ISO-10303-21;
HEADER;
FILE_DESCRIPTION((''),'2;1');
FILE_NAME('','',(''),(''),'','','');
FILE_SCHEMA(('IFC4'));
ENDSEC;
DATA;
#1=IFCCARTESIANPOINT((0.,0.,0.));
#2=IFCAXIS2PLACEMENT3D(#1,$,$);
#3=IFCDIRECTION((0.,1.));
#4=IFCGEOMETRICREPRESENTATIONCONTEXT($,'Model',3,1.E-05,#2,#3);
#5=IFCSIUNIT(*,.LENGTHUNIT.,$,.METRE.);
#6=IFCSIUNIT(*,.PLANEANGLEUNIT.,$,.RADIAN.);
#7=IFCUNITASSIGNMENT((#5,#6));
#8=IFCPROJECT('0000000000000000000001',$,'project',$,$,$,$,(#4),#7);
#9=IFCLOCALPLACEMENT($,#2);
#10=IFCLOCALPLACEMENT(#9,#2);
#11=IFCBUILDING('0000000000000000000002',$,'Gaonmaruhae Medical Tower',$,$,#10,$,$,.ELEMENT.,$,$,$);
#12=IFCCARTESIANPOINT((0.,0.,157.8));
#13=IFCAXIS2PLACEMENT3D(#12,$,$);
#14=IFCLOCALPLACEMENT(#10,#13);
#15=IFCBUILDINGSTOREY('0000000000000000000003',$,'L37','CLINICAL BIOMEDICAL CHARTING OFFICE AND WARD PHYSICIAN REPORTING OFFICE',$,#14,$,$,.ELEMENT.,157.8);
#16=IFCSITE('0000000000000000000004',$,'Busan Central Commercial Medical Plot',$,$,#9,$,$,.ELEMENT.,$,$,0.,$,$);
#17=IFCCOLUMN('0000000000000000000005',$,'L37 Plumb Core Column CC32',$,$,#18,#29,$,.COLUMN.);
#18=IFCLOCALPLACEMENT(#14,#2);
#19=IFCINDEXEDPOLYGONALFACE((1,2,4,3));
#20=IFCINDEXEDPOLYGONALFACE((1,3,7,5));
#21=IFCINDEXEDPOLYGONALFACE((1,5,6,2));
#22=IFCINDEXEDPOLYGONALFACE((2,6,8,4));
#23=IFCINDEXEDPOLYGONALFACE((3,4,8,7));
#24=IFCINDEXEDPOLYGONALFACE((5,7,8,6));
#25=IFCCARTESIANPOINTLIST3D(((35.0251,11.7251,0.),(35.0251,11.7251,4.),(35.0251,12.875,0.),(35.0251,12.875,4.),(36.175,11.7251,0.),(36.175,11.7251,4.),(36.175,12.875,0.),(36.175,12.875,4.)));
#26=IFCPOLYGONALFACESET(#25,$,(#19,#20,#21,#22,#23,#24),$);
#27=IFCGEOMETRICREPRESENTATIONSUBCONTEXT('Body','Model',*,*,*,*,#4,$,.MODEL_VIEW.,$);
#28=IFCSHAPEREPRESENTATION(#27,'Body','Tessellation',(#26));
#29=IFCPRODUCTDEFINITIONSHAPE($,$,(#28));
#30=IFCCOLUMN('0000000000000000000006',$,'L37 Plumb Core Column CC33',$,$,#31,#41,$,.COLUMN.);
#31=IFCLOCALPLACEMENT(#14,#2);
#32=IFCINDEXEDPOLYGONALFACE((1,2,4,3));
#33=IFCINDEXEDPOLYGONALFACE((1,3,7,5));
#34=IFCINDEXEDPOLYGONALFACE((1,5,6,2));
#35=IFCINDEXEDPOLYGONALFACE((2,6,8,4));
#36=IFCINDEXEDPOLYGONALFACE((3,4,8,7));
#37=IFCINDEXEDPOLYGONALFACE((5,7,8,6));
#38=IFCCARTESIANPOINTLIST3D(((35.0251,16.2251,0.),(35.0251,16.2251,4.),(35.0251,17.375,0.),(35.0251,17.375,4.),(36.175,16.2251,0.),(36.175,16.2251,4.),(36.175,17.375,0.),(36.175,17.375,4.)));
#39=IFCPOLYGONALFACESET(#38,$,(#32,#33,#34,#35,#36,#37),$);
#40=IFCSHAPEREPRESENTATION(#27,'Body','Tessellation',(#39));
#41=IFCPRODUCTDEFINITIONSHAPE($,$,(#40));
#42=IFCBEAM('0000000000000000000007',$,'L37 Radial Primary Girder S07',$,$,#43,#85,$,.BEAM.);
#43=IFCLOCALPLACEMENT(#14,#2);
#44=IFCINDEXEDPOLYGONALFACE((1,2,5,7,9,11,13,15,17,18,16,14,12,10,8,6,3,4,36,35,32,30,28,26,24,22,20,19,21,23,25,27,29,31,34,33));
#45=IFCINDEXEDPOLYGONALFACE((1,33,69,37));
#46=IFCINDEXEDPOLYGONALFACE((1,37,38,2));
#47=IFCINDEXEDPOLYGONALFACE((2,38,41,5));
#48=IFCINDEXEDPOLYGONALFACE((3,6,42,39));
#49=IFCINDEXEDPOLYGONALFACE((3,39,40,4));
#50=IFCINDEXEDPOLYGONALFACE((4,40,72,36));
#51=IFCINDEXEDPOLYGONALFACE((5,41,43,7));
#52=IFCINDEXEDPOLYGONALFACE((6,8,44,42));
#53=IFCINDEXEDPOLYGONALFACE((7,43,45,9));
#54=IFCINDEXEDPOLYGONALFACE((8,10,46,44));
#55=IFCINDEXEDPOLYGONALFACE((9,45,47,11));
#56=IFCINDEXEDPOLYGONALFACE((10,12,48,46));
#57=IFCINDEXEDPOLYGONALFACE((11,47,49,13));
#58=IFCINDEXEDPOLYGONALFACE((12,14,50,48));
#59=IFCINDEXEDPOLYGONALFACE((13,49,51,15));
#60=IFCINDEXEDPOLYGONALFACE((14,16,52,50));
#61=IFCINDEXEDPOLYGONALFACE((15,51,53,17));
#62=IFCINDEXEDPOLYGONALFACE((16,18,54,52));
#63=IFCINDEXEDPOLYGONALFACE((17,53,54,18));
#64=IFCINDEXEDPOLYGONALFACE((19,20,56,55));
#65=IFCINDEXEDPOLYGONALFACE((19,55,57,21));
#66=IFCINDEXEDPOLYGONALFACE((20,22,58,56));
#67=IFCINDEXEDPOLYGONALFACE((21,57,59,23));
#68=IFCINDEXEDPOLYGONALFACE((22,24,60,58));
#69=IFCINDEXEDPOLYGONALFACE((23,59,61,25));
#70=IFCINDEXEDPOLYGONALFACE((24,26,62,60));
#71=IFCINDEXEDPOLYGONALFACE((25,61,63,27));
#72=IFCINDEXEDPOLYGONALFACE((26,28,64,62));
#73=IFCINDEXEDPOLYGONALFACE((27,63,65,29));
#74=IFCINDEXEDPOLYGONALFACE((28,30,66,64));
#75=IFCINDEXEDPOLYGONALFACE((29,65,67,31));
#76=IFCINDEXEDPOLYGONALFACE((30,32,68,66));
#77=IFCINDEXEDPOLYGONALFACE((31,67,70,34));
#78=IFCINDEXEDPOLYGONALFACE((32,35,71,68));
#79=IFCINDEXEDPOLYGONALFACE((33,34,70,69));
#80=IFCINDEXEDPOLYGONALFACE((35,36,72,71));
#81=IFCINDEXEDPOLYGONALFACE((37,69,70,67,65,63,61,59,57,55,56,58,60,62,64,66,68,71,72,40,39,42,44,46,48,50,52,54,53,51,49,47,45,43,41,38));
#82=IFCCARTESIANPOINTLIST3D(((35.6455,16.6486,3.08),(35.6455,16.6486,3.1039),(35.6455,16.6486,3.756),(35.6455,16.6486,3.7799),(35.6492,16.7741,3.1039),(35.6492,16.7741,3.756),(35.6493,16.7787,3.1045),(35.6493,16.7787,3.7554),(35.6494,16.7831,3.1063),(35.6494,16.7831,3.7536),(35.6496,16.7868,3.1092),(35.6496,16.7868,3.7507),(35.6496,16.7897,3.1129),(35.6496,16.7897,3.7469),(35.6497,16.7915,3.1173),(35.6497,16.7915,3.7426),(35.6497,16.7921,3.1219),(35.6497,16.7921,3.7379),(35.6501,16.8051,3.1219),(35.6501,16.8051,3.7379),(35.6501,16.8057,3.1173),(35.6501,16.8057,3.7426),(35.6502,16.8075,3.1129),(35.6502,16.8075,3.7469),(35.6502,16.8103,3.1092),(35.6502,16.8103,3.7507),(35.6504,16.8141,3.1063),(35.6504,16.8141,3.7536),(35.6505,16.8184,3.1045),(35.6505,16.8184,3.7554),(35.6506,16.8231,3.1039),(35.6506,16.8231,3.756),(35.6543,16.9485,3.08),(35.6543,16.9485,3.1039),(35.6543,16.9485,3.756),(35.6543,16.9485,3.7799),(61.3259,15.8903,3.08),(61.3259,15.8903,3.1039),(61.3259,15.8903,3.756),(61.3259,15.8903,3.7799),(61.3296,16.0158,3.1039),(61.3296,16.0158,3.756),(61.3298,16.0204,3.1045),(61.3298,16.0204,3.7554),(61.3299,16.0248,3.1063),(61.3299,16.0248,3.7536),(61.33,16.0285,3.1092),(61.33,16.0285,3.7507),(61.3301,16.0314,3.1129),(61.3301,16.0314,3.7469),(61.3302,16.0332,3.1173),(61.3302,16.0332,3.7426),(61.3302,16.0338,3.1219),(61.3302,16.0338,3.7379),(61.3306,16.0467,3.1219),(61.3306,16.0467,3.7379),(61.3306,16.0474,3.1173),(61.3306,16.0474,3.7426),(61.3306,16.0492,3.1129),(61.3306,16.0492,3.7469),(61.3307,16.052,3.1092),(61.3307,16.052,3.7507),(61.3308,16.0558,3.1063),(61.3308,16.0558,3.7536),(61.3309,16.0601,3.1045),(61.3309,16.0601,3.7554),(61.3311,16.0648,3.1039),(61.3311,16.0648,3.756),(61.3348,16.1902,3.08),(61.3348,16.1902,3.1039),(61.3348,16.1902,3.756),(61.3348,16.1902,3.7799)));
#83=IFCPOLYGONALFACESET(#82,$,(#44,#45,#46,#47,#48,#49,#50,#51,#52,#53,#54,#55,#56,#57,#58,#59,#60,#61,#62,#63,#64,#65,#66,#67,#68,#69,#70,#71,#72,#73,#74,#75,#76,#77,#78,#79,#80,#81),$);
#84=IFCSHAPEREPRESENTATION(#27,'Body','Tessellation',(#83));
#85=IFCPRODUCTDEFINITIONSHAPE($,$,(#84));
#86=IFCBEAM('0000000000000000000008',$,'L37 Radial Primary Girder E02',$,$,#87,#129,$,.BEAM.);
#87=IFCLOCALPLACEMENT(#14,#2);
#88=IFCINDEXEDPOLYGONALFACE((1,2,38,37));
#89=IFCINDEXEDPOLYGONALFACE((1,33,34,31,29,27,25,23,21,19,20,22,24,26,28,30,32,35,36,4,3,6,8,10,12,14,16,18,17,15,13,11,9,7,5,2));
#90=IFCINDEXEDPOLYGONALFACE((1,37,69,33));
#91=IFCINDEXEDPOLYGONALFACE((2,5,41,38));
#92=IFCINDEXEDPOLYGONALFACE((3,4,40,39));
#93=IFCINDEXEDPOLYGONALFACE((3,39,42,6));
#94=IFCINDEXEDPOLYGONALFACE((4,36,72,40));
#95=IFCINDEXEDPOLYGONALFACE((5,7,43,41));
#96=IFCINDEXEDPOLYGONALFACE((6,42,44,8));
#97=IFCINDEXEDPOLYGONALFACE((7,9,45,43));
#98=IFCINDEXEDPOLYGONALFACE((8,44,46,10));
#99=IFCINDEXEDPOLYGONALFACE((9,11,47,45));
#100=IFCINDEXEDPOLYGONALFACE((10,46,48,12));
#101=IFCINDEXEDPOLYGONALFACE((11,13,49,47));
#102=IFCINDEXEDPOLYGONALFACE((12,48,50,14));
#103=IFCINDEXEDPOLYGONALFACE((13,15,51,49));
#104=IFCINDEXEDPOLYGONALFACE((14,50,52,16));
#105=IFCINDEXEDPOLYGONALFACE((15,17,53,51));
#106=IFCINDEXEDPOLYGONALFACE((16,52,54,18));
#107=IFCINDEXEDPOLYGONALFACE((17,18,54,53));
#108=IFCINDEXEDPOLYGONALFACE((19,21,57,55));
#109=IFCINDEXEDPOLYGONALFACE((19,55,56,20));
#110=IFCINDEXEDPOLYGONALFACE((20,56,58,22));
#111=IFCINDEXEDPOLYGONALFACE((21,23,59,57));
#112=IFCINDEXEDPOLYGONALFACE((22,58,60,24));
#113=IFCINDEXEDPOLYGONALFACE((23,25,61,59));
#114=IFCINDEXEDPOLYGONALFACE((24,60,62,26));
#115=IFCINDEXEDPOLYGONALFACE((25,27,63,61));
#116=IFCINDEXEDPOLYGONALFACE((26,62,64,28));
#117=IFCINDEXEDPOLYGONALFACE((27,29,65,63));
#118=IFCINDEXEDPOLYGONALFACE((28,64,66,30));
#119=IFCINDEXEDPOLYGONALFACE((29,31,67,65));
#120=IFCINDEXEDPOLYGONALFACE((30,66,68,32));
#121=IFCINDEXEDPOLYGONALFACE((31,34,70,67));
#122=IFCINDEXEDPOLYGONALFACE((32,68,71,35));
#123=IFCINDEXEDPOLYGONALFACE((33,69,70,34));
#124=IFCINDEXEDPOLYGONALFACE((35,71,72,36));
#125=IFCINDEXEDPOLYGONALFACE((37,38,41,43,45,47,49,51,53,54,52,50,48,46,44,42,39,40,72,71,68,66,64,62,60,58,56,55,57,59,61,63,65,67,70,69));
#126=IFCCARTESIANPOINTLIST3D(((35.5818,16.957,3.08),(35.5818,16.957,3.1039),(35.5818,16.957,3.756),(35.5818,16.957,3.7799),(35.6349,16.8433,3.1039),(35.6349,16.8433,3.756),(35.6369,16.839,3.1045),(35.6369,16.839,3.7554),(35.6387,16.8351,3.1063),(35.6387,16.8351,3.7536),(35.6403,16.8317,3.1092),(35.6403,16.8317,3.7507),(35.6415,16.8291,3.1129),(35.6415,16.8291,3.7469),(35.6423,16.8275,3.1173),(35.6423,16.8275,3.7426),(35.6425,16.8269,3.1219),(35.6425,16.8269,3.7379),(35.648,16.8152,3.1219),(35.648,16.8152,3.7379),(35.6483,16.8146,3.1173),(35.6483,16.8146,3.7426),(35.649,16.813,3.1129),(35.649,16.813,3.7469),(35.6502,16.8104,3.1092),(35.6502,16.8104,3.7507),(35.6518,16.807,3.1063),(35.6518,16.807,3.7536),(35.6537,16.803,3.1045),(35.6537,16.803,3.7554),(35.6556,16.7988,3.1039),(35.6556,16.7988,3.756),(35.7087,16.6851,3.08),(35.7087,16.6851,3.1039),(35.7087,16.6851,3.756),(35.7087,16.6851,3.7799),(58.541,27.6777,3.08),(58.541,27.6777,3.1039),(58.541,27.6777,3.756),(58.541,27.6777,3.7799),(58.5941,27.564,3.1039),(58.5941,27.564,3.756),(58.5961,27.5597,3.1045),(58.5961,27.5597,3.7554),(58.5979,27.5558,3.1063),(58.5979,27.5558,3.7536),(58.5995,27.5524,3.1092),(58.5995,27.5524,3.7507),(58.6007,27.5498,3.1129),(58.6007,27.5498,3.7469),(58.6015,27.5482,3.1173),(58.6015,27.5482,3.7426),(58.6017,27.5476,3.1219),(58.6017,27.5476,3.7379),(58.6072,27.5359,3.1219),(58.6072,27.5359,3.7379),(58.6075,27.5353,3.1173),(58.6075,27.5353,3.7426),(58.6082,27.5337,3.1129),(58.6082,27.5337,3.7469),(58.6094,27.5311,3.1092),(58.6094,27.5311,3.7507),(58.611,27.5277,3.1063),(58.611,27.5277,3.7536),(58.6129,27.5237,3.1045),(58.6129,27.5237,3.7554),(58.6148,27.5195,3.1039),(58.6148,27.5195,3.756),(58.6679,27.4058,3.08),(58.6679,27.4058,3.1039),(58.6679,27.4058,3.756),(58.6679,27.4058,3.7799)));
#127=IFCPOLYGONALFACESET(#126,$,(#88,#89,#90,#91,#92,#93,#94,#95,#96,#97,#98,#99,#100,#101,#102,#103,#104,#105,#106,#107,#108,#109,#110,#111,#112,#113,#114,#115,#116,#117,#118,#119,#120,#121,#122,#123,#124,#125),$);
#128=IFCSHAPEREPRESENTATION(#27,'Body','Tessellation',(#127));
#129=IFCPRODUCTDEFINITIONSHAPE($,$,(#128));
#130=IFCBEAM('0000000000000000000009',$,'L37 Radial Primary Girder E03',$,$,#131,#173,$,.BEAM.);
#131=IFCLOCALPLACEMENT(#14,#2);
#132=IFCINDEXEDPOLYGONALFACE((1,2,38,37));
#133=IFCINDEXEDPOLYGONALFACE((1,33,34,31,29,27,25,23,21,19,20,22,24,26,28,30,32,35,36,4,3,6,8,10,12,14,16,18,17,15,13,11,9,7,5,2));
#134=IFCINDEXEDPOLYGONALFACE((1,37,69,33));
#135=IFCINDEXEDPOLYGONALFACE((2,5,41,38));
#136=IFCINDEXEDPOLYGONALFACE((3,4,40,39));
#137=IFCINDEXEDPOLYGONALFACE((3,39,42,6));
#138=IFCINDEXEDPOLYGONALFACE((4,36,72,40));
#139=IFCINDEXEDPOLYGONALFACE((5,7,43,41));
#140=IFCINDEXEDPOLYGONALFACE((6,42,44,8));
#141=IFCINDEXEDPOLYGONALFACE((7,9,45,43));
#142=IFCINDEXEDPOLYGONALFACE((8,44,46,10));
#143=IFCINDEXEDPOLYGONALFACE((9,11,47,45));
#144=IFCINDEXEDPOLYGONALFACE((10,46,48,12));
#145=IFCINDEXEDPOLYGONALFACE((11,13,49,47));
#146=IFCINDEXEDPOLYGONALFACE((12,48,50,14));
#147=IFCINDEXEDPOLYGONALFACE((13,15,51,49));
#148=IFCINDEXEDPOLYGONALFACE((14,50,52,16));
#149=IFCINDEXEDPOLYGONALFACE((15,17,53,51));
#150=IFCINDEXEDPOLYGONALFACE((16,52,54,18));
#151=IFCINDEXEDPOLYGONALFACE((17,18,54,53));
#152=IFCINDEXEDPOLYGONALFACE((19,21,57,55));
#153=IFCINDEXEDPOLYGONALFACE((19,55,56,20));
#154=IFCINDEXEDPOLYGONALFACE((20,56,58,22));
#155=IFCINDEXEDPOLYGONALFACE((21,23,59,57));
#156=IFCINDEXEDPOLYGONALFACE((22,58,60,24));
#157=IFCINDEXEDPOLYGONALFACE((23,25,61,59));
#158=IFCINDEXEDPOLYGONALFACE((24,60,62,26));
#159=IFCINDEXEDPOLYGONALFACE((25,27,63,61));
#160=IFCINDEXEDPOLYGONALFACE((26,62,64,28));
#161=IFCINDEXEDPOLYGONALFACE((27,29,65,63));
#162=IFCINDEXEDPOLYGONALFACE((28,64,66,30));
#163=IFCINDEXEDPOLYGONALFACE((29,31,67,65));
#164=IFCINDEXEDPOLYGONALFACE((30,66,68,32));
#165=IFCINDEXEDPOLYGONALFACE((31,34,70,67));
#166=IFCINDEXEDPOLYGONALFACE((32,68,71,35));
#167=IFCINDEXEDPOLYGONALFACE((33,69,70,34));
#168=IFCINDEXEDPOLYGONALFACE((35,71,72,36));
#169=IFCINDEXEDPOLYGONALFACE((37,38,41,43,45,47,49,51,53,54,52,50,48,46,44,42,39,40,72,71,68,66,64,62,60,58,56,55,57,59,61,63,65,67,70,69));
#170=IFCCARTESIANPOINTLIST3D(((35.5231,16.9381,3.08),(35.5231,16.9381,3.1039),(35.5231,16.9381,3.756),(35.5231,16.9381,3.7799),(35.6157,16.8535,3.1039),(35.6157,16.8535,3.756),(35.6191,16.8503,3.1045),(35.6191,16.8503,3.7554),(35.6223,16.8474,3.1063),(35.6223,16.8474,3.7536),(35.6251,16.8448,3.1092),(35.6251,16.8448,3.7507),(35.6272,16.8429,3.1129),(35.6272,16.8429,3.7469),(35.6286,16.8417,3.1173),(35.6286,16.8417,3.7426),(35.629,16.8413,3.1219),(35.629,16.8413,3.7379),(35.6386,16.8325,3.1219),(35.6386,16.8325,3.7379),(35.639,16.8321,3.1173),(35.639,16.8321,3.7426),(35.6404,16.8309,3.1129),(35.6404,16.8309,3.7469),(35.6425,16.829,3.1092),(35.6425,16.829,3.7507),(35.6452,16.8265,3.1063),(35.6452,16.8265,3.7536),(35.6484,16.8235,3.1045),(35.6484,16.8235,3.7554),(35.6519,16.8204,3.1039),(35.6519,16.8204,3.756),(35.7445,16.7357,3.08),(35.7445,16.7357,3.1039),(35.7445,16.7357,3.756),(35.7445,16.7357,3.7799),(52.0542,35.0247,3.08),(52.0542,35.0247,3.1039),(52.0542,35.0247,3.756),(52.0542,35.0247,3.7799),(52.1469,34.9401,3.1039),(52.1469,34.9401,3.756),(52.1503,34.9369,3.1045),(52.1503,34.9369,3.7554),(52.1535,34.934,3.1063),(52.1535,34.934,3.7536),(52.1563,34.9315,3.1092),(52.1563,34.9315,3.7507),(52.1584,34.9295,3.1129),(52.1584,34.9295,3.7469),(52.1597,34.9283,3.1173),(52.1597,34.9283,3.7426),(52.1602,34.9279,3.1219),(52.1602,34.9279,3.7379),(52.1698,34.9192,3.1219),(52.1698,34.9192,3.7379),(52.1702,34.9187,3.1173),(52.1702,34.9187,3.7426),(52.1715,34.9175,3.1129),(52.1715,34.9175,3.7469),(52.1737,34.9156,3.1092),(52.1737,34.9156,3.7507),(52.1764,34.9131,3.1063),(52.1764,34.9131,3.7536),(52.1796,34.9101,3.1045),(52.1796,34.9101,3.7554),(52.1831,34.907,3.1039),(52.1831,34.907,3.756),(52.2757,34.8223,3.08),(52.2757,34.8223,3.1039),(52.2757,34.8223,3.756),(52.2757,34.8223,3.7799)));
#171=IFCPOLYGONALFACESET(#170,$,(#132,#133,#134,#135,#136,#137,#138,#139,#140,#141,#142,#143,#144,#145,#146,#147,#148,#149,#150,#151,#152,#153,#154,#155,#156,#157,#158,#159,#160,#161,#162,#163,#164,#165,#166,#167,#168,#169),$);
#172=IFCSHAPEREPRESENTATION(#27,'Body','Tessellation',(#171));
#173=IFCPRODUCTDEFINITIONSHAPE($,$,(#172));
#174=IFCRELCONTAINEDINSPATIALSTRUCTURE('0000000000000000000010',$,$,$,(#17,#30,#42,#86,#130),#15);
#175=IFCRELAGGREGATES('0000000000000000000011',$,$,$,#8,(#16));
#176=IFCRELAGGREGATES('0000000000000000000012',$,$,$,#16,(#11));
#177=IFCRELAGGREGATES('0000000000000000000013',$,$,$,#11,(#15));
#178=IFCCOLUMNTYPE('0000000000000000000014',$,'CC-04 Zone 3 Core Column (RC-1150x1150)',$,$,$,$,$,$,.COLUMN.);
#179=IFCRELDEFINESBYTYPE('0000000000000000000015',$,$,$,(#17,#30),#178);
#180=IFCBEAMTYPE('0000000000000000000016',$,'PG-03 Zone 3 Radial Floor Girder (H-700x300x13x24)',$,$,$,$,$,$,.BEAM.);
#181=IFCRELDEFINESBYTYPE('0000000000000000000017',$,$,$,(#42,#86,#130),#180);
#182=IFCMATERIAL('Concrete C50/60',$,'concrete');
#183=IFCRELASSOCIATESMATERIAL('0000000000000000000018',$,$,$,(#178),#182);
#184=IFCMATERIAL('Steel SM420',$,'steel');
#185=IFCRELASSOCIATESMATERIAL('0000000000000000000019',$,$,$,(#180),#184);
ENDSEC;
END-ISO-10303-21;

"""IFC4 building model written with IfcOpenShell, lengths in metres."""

from ifc_helpers import new_model, si_unit, direction, frame, origin, origin_2d, place, context, subcontext, project, spatial, rectangle, i_section, extrude, material, material_profile, profile_set, type_object, element, save


model = new_model("IFC4")

# Units and contexts
model_context = context("Model", 3, precision=1e-05, world=origin(), true_north=direction((0.0, 1.0)))
body_context = subcontext(model_context, "Body", "Model", "MODEL_VIEW")
ifc_project = project(units=[si_unit("LENGTHUNIT", "METRE"), si_unit("PLANEANGLEUNIT", "RADIAN")], contexts=[model_context])

# Site, building, storey
site_placement = place(None, origin())
site = spatial("IfcSite", under=ifc_project, at=site_placement, Name="Busan Central Commercial Medical Plot", CompositionType="ELEMENT", RefElevation=0.0)
building_placement = place(site_placement, origin())
building = spatial("IfcBuilding", under=site, at=building_placement, Name="Gaonmaruhae Medical Tower", CompositionType="ELEMENT")
storey_placement = place(building_placement, frame((0.0, 0.0, 157.8)))
storey = spatial("IfcBuildingStorey", under=building, at=storey_placement, Name="L37", Description="CLINICAL BIOMEDICAL CHARTING OFFICE AND WARD PHYSICIAN REPORTING OFFICE", CompositionType="ELEMENT", Elevation=157.8)

# Columns
ifc_material_1 = material(Name="Concrete C50/60", Category="concrete")
ifc_material_profile_1 = material_profile(ifc_material_1, rectangle(XDim=1.1499, YDim=1.1499, at=origin_2d()), Name="RC-1150x1150")
ifc_profile_set_1 = profile_set([ifc_material_profile_1], Name="Concrete C50/60")
column_type = type_object("IfcColumnType", Name="CC-04 Zone 3 Core Column (RC-1150x1150)", PredefinedType="COLUMN", material=ifc_profile_set_1)
for number, where, z_axis, x_axis, name in (
    (1, (35.6001, 12.3, 0.0), (0.0, 0.0, 1.0), (1.0, 0.0, 0.0), "L37 Plumb Core Column CC32"),
    (2, (35.6001, 16.8, 0.0), (0.0, 0.0, 1.0), (1.0, 0.0, 0.0), "L37 Plumb Core Column CC33"),
):
    element("IfcColumn", number, at=place(storey_placement, frame(where, z_axis=z_axis, x_axis=x_axis)), inside=storey, type_object=column_type, Name=name, PredefinedType="COLUMN", context=body_context, shape_type="SweptSolid", body=[
        extrude(rectangle(XDim=1.1499, YDim=1.1499, at=origin_2d()), origin(), (0.0, 0.0, 1.0), 4.0),
    ])

# Beams
ifc_material_2 = material(Name="Steel SM420", Category="steel")
ifc_material_profile_2 = material_profile(ifc_material_2, i_section(OverallWidth=0.3, OverallDepth=0.7, WebThickness=0.0129, FlangeThickness=0.0239, FilletRadius=0.0181, at=origin_2d()), Name="H-700x300x13x24")
ifc_profile_set_2 = profile_set([ifc_material_profile_2], Name="Steel SM420")
beam_type = type_object("IfcBeamType", Name="PG-03 Zone 3 Radial Floor Girder (H-700x300x13x24)", PredefinedType="BEAM", material=ifc_profile_set_2)
beam_1_placement = place(storey_placement, frame((35.6499, 16.7986, 3.4299), z_axis=(0.999564, -0.029515, 0.0), x_axis=(0.029515, 0.999564, 0.0)))
element("IfcBeam", 3, at=beam_1_placement, inside=storey, type_object=beam_type, Name="L37 Radial Primary Girder S07", PredefinedType="BEAM", context=body_context, shape_type="SweptSolid", body=[
    extrude(i_section(OverallWidth=0.3, OverallDepth=0.7, WebThickness=0.0129, FlangeThickness=0.0239, FilletRadius=0.0181, at=origin_2d()), origin(), (0.0, 0.0, 1.0), 25.6917),
])
beam_2_placement = place(storey_placement, frame((35.6453, 16.821, 3.4299), z_axis=(0.906086, 0.423093, 0.0), x_axis=(-0.423093, 0.906086, 0.0)))
element("IfcBeam", 4, at=beam_2_placement, inside=storey, type_object=beam_type, Name="L37 Radial Primary Girder E02", PredefinedType="BEAM", context=body_context, shape_type="SweptSolid", body=[
    extrude(i_section(OverallWidth=0.3, OverallDepth=0.7, WebThickness=0.0129, FlangeThickness=0.0239, FilletRadius=0.0181, at=origin_2d()), origin(), (0.0, 0.0, 1.0), 25.3389),
])
beam_3_placement = place(storey_placement, frame((35.6338, 16.8369, 3.4299), z_axis=(0.674655, 0.738133, 0.0), x_axis=(-0.738133, 0.674655, 0.0)))
element("IfcBeam", 5, at=beam_3_placement, inside=storey, type_object=beam_type, Name="L37 Radial Primary Girder E03", PredefinedType="BEAM", context=body_context, shape_type="SweptSolid", body=[
    extrude(i_section(OverallWidth=0.3, OverallDepth=0.7, WebThickness=0.0129, FlangeThickness=0.0239, FilletRadius=0.0181, at=origin_2d()), origin(), (0.0, 0.0, 1.0), 24.5032),
])

save(model, "model.ifc")
